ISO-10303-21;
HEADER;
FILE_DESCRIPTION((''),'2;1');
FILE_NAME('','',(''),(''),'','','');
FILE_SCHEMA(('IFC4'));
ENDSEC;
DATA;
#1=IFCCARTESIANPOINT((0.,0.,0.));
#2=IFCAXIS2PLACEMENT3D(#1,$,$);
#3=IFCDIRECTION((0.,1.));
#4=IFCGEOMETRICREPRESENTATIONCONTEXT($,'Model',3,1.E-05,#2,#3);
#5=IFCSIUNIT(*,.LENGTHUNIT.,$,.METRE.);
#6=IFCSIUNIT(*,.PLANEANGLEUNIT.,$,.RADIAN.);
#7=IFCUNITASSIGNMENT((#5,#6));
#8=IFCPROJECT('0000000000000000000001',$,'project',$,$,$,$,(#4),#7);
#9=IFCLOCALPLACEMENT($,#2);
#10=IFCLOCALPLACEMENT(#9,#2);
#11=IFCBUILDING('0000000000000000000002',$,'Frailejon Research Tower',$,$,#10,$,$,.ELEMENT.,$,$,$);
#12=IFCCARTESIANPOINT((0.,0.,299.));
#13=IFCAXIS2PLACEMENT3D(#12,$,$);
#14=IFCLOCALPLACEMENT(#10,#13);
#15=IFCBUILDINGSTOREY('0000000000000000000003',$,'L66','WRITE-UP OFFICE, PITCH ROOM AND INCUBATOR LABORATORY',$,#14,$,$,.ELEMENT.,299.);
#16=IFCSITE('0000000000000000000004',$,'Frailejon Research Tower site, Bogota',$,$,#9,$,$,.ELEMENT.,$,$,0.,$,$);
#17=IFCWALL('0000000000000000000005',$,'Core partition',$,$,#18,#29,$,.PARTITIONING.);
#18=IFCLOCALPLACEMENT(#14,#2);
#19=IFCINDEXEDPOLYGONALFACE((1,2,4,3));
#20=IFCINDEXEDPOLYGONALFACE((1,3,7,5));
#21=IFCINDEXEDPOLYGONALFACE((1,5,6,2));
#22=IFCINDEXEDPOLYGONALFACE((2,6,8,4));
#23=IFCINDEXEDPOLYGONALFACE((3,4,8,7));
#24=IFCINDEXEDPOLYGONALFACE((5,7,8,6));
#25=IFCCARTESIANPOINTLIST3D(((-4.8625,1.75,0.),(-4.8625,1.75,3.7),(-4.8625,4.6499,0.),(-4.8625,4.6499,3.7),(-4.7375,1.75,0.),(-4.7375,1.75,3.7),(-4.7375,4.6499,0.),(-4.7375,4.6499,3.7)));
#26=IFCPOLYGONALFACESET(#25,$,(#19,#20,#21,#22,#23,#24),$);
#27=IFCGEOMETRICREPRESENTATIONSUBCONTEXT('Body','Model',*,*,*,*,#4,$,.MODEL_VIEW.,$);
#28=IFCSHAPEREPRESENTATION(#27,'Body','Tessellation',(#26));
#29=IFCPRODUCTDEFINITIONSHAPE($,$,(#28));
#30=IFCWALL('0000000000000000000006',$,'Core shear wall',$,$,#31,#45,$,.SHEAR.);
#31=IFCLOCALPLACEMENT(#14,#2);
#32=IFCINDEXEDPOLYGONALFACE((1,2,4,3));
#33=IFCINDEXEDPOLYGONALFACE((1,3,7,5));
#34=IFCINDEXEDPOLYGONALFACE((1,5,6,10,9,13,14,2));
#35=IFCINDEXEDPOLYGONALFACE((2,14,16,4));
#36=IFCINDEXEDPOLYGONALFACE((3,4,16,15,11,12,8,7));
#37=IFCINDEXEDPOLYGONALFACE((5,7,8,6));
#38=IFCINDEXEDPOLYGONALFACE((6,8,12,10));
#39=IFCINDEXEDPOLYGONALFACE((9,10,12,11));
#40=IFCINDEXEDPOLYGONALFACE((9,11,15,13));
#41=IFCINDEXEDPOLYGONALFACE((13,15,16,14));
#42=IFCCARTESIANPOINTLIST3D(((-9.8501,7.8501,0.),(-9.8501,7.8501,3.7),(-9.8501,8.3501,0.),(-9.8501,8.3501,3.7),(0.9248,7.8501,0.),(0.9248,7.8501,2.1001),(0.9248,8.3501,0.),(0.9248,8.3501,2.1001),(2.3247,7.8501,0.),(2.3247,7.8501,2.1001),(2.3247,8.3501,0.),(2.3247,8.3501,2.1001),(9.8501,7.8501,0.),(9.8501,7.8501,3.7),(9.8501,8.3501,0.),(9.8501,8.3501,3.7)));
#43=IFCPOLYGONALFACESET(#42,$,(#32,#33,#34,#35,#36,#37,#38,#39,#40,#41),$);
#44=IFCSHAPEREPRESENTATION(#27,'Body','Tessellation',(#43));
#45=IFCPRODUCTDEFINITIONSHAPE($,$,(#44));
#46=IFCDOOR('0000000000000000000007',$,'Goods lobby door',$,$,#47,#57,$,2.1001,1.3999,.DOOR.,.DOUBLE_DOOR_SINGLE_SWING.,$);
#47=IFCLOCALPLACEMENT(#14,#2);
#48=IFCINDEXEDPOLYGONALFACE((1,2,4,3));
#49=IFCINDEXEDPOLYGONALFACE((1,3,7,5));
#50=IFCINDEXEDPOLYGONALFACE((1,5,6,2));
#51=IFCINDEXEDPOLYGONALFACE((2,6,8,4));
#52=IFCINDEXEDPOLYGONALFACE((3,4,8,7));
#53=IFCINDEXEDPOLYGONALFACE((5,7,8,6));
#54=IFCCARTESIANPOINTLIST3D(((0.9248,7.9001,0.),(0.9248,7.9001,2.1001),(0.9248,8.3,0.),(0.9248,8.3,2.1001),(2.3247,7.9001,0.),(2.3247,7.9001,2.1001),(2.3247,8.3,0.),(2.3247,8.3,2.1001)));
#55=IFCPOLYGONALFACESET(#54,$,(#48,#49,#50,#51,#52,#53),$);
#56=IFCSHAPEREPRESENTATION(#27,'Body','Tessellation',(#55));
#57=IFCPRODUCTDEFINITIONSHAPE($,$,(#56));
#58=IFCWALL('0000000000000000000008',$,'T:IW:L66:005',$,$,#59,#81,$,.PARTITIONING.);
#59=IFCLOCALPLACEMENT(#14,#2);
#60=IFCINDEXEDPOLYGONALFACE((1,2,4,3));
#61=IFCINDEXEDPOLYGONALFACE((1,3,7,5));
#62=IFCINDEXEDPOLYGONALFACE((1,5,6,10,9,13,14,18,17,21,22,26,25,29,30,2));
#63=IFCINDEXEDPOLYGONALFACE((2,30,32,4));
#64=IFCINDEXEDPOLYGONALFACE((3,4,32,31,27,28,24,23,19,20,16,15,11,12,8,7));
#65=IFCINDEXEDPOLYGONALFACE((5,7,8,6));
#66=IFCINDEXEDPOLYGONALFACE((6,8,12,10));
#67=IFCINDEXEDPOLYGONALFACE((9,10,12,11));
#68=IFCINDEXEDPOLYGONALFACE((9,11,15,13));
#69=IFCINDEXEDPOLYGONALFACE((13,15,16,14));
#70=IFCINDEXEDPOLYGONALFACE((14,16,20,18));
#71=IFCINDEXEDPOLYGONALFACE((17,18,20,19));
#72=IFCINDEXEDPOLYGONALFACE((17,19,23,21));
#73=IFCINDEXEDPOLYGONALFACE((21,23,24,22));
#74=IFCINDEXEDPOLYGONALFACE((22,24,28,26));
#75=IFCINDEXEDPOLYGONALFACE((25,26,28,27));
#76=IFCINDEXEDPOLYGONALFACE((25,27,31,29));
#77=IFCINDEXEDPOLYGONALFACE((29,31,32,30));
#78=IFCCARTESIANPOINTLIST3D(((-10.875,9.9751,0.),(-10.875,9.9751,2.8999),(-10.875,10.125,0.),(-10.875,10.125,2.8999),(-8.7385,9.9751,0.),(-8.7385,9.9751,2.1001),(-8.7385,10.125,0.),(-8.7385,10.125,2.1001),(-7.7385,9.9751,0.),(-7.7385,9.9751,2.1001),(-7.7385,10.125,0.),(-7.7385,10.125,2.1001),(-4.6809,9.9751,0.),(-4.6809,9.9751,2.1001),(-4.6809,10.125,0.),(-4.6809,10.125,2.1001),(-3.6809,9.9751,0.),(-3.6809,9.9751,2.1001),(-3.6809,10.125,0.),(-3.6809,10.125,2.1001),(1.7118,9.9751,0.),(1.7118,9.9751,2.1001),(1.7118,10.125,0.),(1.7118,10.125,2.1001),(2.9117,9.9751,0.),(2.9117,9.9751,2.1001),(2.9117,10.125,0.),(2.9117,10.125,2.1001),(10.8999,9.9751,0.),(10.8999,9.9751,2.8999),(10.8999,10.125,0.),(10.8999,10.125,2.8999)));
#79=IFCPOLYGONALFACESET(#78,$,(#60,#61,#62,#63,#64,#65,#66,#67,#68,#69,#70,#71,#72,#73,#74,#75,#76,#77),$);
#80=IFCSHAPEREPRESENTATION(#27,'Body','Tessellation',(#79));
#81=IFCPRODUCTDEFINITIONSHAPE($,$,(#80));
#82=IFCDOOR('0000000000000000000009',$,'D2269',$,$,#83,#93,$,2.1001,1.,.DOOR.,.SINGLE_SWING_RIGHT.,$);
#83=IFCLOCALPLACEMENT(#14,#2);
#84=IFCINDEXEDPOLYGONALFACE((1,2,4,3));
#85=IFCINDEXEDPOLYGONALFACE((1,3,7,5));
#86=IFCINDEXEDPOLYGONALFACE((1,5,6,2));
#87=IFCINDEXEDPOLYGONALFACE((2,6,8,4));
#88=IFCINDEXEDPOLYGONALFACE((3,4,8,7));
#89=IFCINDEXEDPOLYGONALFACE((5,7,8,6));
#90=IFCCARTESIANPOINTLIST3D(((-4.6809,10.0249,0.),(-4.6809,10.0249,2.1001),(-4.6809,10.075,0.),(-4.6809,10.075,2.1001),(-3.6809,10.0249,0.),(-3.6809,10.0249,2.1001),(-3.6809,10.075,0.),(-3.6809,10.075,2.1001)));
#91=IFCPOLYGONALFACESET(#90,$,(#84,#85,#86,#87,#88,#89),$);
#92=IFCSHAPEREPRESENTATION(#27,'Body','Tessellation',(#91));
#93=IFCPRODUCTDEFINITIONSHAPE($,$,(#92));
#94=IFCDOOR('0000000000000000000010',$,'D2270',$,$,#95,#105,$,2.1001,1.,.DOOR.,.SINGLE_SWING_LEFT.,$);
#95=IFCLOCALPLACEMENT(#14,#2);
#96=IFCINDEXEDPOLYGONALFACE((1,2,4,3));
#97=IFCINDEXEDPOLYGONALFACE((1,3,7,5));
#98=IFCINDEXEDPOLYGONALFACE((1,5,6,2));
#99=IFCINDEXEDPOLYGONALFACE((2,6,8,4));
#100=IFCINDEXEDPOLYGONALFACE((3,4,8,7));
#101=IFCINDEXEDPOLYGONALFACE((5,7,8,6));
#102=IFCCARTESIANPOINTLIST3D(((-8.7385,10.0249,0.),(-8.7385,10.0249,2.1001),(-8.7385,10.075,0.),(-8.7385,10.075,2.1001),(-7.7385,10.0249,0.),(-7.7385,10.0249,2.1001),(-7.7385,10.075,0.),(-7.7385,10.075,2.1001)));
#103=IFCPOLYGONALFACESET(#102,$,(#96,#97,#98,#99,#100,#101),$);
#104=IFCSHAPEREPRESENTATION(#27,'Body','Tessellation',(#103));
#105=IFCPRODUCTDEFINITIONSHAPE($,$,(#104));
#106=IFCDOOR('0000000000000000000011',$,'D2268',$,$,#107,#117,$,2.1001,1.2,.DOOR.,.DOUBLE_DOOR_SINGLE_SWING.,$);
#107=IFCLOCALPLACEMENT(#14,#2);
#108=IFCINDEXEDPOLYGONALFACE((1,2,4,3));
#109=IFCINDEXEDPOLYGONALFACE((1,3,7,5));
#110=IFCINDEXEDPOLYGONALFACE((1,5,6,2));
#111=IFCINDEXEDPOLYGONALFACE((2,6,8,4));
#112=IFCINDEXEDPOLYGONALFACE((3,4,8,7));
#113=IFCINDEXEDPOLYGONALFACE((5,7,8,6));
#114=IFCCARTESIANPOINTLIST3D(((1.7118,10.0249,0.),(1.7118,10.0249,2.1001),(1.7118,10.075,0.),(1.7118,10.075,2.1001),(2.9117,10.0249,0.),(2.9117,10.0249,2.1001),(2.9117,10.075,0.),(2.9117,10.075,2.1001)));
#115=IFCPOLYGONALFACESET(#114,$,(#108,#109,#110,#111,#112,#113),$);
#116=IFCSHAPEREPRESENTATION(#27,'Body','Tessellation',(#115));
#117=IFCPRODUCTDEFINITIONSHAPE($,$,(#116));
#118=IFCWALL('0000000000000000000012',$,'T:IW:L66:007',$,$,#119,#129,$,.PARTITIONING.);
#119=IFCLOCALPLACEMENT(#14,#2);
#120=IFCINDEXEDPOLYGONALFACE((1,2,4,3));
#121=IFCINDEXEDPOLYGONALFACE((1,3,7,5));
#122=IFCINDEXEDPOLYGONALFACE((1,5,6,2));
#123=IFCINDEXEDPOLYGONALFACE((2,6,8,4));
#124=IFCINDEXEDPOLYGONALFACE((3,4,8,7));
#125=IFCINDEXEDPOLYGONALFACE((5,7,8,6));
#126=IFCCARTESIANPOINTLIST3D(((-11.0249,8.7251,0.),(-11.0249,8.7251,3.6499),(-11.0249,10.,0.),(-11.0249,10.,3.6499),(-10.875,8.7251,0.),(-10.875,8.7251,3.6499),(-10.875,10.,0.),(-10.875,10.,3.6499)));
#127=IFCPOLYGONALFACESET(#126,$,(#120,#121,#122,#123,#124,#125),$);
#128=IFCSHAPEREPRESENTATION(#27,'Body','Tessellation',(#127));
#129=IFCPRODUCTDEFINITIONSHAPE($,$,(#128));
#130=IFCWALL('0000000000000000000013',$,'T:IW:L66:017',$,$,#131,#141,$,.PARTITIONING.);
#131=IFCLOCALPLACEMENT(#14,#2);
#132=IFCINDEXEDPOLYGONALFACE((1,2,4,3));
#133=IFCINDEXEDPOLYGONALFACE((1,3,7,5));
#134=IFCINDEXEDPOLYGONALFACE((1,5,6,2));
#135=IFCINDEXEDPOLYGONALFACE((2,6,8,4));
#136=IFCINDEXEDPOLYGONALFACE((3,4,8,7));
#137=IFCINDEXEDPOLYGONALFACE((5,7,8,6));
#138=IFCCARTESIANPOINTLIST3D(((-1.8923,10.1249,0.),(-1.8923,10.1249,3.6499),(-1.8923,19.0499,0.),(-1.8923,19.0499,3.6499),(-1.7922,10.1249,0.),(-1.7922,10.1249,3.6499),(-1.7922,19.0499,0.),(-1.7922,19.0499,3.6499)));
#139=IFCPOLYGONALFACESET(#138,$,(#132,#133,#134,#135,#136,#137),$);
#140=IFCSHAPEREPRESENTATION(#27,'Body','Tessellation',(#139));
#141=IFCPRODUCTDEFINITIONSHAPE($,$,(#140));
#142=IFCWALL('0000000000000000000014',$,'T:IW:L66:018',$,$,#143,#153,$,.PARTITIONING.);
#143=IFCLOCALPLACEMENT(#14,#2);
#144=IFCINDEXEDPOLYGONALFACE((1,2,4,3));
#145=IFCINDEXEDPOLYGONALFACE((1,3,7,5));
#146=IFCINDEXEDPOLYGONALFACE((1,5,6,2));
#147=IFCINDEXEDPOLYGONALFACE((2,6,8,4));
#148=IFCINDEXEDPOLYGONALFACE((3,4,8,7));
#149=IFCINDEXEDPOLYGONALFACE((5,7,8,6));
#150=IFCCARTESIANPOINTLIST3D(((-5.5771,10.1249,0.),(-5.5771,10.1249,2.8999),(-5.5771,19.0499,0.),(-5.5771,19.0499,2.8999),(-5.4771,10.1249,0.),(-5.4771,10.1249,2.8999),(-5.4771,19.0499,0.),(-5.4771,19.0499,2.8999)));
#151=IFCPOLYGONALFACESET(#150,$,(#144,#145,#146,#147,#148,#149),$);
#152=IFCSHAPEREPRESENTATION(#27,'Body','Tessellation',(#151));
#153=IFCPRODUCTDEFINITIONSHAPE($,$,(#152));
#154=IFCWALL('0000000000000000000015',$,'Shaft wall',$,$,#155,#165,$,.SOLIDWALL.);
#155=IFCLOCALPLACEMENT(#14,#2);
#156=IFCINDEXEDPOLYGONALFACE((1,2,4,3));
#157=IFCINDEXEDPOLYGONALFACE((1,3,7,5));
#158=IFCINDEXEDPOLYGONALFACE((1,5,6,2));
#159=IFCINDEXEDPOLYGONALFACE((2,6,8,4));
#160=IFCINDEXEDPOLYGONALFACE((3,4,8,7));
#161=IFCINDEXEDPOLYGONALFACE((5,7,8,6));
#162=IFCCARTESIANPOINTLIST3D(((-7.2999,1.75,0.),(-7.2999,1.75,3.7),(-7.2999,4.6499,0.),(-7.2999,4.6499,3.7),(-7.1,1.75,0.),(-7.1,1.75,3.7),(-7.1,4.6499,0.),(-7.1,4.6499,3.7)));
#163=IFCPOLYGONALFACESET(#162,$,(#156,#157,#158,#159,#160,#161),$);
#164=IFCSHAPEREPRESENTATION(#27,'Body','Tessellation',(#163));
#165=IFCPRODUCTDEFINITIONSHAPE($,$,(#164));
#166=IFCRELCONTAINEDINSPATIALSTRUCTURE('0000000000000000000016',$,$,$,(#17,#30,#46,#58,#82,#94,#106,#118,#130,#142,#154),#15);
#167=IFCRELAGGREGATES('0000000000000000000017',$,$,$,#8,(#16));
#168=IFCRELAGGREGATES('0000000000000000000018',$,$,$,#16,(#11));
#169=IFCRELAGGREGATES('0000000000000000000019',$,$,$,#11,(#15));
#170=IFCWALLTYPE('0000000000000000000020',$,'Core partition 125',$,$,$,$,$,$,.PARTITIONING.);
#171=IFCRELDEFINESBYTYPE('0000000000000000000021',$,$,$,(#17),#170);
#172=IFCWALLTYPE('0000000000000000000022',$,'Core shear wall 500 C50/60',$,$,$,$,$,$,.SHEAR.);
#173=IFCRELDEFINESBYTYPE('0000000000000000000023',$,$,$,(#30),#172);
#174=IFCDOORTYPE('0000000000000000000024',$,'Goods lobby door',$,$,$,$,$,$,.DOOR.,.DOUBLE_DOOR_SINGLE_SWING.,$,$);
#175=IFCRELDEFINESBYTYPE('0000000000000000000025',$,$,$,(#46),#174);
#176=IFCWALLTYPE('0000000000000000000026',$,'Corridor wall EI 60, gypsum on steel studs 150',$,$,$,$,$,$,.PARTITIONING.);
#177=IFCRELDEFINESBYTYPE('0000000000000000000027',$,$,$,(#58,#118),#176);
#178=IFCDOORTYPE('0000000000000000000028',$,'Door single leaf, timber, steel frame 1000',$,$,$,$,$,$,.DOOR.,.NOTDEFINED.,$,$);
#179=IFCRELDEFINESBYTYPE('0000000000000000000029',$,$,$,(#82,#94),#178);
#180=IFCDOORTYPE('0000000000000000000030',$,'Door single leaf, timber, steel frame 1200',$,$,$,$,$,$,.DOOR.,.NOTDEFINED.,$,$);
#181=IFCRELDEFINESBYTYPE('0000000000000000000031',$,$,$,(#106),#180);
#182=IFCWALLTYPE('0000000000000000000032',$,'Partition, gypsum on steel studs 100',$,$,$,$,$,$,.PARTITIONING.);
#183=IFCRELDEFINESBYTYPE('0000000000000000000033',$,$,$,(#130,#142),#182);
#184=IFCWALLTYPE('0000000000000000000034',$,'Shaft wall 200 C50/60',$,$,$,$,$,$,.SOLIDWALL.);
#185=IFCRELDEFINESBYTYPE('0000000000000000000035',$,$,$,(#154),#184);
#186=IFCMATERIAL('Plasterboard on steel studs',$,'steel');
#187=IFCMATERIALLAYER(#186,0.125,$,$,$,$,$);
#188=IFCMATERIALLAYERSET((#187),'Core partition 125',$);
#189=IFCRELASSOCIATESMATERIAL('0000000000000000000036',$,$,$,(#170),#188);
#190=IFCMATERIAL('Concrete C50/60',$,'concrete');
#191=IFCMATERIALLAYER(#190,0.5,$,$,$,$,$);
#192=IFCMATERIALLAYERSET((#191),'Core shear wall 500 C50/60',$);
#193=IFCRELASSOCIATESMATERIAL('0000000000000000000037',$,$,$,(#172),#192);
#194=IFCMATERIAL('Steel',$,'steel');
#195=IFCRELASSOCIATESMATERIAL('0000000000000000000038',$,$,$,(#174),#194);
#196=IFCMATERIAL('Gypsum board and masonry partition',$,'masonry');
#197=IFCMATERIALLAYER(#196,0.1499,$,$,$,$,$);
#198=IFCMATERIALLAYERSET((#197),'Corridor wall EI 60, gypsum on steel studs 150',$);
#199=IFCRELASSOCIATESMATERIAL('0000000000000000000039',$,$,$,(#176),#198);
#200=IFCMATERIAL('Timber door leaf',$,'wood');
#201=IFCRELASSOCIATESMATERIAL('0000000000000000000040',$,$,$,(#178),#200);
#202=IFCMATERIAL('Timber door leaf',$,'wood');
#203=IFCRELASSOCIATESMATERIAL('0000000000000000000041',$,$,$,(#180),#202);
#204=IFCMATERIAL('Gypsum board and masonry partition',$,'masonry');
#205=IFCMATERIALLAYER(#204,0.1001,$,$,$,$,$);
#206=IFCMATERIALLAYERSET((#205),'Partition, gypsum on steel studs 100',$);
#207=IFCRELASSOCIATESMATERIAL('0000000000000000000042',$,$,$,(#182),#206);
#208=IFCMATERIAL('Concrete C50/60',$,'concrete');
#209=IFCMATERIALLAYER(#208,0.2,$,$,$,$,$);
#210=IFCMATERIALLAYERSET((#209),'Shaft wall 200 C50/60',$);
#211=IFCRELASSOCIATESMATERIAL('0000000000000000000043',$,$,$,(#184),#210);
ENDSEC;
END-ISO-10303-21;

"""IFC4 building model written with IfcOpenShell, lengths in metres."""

from ifc_helpers import new_model, si_unit, direction, frame, frame_2d, origin, place, context, subcontext, project, spatial, rectangle, extrude, material, layer, layer_set, type_object, element, fill, save


model = new_model("IFC4")

# Units and contexts
model_context = context("Model", 3, precision=1e-05, world=origin(), true_north=direction((0.0, 1.0)))
body_context = subcontext(model_context, "Body", "Model", "MODEL_VIEW")
ifc_project = project(units=[si_unit("LENGTHUNIT", "METRE"), si_unit("PLANEANGLEUNIT", "RADIAN")], contexts=[model_context])

# Site, building, storey
site_placement = place(None, origin())
site = spatial("IfcSite", under=ifc_project, at=site_placement, Name="Frailejon Research Tower site, Bogota", CompositionType="ELEMENT", RefElevation=0.0)
building_placement = place(site_placement, origin())
building = spatial("IfcBuilding", under=site, at=building_placement, Name="Frailejon Research Tower", CompositionType="ELEMENT")
storey_placement = place(building_placement, frame((0.0, 0.0, 299.0)))
storey = spatial("IfcBuildingStorey", under=building, at=storey_placement, Name="L66", Description="WRITE-UP OFFICE, PITCH ROOM AND INCUBATOR LABORATORY", CompositionType="ELEMENT", Elevation=299.0)

# Wall
ifc_material_1 = material(Name="Plasterboard on steel studs", Category="steel")
ifc_layer_1 = layer(ifc_material_1, 0.125)
ifc_layer_set_1 = layer_set([ifc_layer_1], Name="Core partition 125")
wall_type_1 = type_object("IfcWallType", Name="Core partition 125", PredefinedType="PARTITIONING", material=ifc_layer_set_1)
wall_1_placement = place(storey_placement, frame((-4.8, 1.75, 0.0), z_axis=(0.0, 0.0, 1.0), x_axis=(0.0, 1.0, 0.0)))
element("IfcWall", 1, at=wall_1_placement, inside=storey, type_object=wall_type_1, Name="Core partition", PredefinedType="PARTITIONING", context=body_context, shape_type="SweptSolid", body=[
    extrude(rectangle(XDim=2.8999, YDim=0.125, at=frame_2d((1.45, 0.0))), origin(), (0.0, 0.0, 1.0), 3.7),
])

# Wall, opening, door
ifc_material_2 = material(Name="Concrete C50/60", Category="concrete")
ifc_layer_2 = layer(ifc_material_2, 0.5)
ifc_layer_set_2 = layer_set([ifc_layer_2], Name="Core shear wall 500 C50/60")
wall_type_2 = type_object("IfcWallType", Name="Core shear wall 500 C50/60", PredefinedType="SHEAR", material=ifc_layer_set_2)
wall_2_placement = place(storey_placement, frame((-9.8501, 8.1001, 0.0), z_axis=(0.0, 0.0, 1.0), x_axis=(1.0, 0.0, 0.0)))
wall_2 = element("IfcWall", 2, at=wall_2_placement, inside=storey, type_object=wall_type_2, Name="Core shear wall", PredefinedType="SHEAR", context=body_context, shape_type="SweptSolid", body=[
    extrude(rectangle(XDim=19.7002, YDim=0.5, at=frame_2d((9.8501, 0.0))), origin(), (0.0, 0.0, 1.0), 3.7),
])
opening_1_placement = place(wall_2_placement, frame((10.7749, 0.0, 0.0)))
opening_1 = element("IfcOpeningElement", 3, at=opening_1_placement, cuts=wall_2, PredefinedType="OPENING", context=body_context, shape_type="SweptSolid", body=[
    extrude(rectangle(XDim=1.3999, YDim=2.1001, at=frame_2d((0.7, 1.05))), frame((0.0, 0.26, 0.0), z_axis=(0.0, -1.0, 0.0), x_axis=(1.0, 0.0, 0.0)), (0.0, 0.0, 1.0), 0.52),
])
ifc_material_3 = material(Name="Steel", Category="steel")
door_type_1 = type_object("IfcDoorType", Name="Goods lobby door", OperationType="DOUBLE_DOOR_SINGLE_SWING", PredefinedType="DOOR", material=ifc_material_3)
door_1_placement = place(opening_1_placement, origin())
door_1 = element("IfcDoor", 4, at=door_1_placement, inside=storey, type_object=door_type_1, Name="Goods lobby door", OperationType="DOUBLE_DOOR_SINGLE_SWING", OverallHeight=2.1001, OverallWidth=1.3999, PredefinedType="DOOR", context=body_context, shape_type="SweptSolid", body=[
    extrude(rectangle(XDim=1.3999, YDim=2.1001, at=frame_2d((0.7, 1.05))), frame((0.0, 0.2, 0.0), z_axis=(0.0, -1.0, 0.0), x_axis=(1.0, 0.0, 0.0)), (0.0, 0.0, 1.0), 0.3999),
])
fill(opening_1, door_1)

# Wall, openings, doors
ifc_material_4 = material(Name="Gypsum board and masonry partition", Category="masonry")
ifc_layer_3 = layer(ifc_material_4, 0.1499)
ifc_layer_set_3 = layer_set([ifc_layer_3], Name="Corridor wall EI 60, gypsum on steel studs 150")
wall_type_3 = type_object("IfcWallType", Name="Corridor wall EI 60, gypsum on steel studs 150", PredefinedType="PARTITIONING", material=ifc_layer_set_3)
wall_3_placement = place(storey_placement, frame((-10.875, 10.05, 0.0), z_axis=(0.0, 0.0, 1.0), x_axis=(1.0, 0.0, 0.0)))
wall_3 = element("IfcWall", 5, at=wall_3_placement, inside=storey, type_object=wall_type_3, Name="T:IW:L66:005", PredefinedType="PARTITIONING", context=body_context, shape_type="SweptSolid", body=[
    extrude(rectangle(XDim=21.7749, YDim=0.1499, at=frame_2d((10.8875, 0.0))), origin(), (0.0, 0.0, 1.0), 2.8999),
])
opening_2_placement = place(wall_3_placement, frame((12.5867, 0.0, 0.0)))
opening_2 = element("IfcOpeningElement", 6, at=opening_2_placement, cuts=wall_3, PredefinedType="OPENING", context=body_context, shape_type="SweptSolid", body=[
    extrude(rectangle(XDim=1.2, YDim=2.1001, at=frame_2d((0.6001, 1.05))), frame((0.0, 0.085, 0.0), z_axis=(0.0, -1.0, 0.0), x_axis=(1.0, 0.0, 0.0)), (0.0, 0.0, 1.0), 0.1699),
])
opening_3_placement = place(wall_3_placement, frame((6.1941, 0.0, 0.0)))
opening_3 = element("IfcOpeningElement", 7, at=opening_3_placement, cuts=wall_3, PredefinedType="OPENING", context=body_context, shape_type="SweptSolid", body=[
    extrude(rectangle(XDim=1.0, YDim=2.1001, at=frame_2d((0.5, 1.05))), frame((0.0, 0.085, 0.0), z_axis=(0.0, -1.0, 0.0), x_axis=(1.0, 0.0, 0.0)), (0.0, 0.0, 1.0), 0.1699),
])
opening_4_placement = place(wall_3_placement, frame((2.1365, 0.0, 0.0)))
opening_4 = element("IfcOpeningElement", 8, at=opening_4_placement, cuts=wall_3, PredefinedType="OPENING", context=body_context, shape_type="SweptSolid", body=[
    extrude(rectangle(XDim=1.0, YDim=2.1001, at=frame_2d((0.5, 1.05))), frame((0.0, 0.085, 0.0), z_axis=(0.0, -1.0, 0.0), x_axis=(1.0, 0.0, 0.0)), (0.0, 0.0, 1.0), 0.1699),
])
ifc_material_5 = material(Name="Timber door leaf", Category="wood")
door_type_2 = type_object("IfcDoorType", Name="Door single leaf, timber, steel frame 1000", OperationType="NOTDEFINED", PredefinedType="DOOR", material=ifc_material_5)
door_2_placement = place(opening_3_placement, origin())
door_2 = element("IfcDoor", 9, at=door_2_placement, inside=storey, type_object=door_type_2, Name="D2269", OperationType="SINGLE_SWING_RIGHT", OverallHeight=2.1001, OverallWidth=1.0, PredefinedType="DOOR", context=body_context, shape_type="SweptSolid", body=[
    extrude(rectangle(XDim=1.0, YDim=2.1001, at=frame_2d((0.5, 1.05))), frame((0.0, 0.0249, 0.0), z_axis=(0.0, -1.0, 0.0), x_axis=(1.0, 0.0, 0.0)), (0.0, 0.0, 1.0), 0.05),
])
fill(opening_3, door_2)
door_3_placement = place(opening_4_placement, origin())
door_3 = element("IfcDoor", 10, at=door_3_placement, inside=storey, type_object=door_type_2, Name="D2270", OperationType="SINGLE_SWING_LEFT", OverallHeight=2.1001, OverallWidth=1.0, PredefinedType="DOOR", context=body_context, shape_type="SweptSolid", body=[
    extrude(rectangle(XDim=1.0, YDim=2.1001, at=frame_2d((0.5, 1.05))), frame((0.0, 0.0249, 0.0), z_axis=(0.0, -1.0, 0.0), x_axis=(1.0, 0.0, 0.0)), (0.0, 0.0, 1.0), 0.05),
])
fill(opening_4, door_3)
ifc_material_6 = material(Name="Timber door leaf", Category="wood")
door_type_3 = type_object("IfcDoorType", Name="Door single leaf, timber, steel frame 1200", OperationType="NOTDEFINED", PredefinedType="DOOR", material=ifc_material_6)
door_4_placement = place(opening_2_placement, origin())
door_4 = element("IfcDoor", 11, at=door_4_placement, inside=storey, type_object=door_type_3, Name="D2268", OperationType="DOUBLE_DOOR_SINGLE_SWING", OverallHeight=2.1001, OverallWidth=1.2, PredefinedType="DOOR", context=body_context, shape_type="SweptSolid", body=[
    extrude(rectangle(XDim=1.2, YDim=2.1001, at=frame_2d((0.6001, 1.05))), frame((0.0, 0.0249, 0.0), z_axis=(0.0, -1.0, 0.0), x_axis=(1.0, 0.0, 0.0)), (0.0, 0.0, 1.0), 0.05),
])
fill(opening_2, door_4)

# Walls
wall_4_placement = place(storey_placement, frame((-10.95, 8.7251, 0.0), z_axis=(0.0, 0.0, 1.0), x_axis=(0.0, 1.0, 0.0)))
element("IfcWall", 12, at=wall_4_placement, inside=storey, type_object=wall_type_3, Name="T:IW:L66:007", PredefinedType="PARTITIONING", context=body_context, shape_type="SweptSolid", body=[
    extrude(rectangle(XDim=1.2749, YDim=0.1499, at=frame_2d((0.6375, 0.0))), origin(), (0.0, 0.0, 1.0), 3.6499),
])
ifc_material_7 = material(Name="Gypsum board and masonry partition", Category="masonry")
ifc_layer_4 = layer(ifc_material_7, 0.1001)
ifc_layer_set_4 = layer_set([ifc_layer_4], Name="Partition, gypsum on steel studs 100")
wall_type_4 = type_object("IfcWallType", Name="Partition, gypsum on steel studs 100", PredefinedType="PARTITIONING", material=ifc_layer_set_4)
wall_5_placement = place(storey_placement, frame((-1.8423, 10.125, 0.0), z_axis=(0.0, 0.0, 1.0), x_axis=(0.0, 1.0, 0.0)))
element("IfcWall", 13, at=wall_5_placement, inside=storey, type_object=wall_type_4, Name="T:IW:L66:017", PredefinedType="PARTITIONING", context=body_context, shape_type="SweptSolid", body=[
    extrude(rectangle(XDim=8.925, YDim=0.1001, at=frame_2d((4.4624, 0.0))), origin(), (0.0, 0.0, 1.0), 3.6499),
])
wall_6_placement = place(storey_placement, frame((-5.5271, 10.125, 0.0), z_axis=(0.0, 0.0, 1.0), x_axis=(0.0, 1.0, 0.0)))
element("IfcWall", 14, at=wall_6_placement, inside=storey, type_object=wall_type_4, Name="T:IW:L66:018", PredefinedType="PARTITIONING", context=body_context, shape_type="SweptSolid", body=[
    extrude(rectangle(XDim=8.925, YDim=0.1001, at=frame_2d((4.4624, 0.0))), origin(), (0.0, 0.0, 1.0), 2.8999),
])
ifc_material_8 = material(Name="Concrete C50/60", Category="concrete")
ifc_layer_5 = layer(ifc_material_8, 0.2)
ifc_layer_set_5 = layer_set([ifc_layer_5], Name="Shaft wall 200 C50/60")
wall_type_5 = type_object("IfcWallType", Name="Shaft wall 200 C50/60", PredefinedType="SOLIDWALL", material=ifc_layer_set_5)
for number, where, z_axis, x_axis, name in (
    (15, (-7.2, 1.75, 0.0), (0.0, 0.0, 1.0), (0.0, 1.0, 0.0), "Shaft wall"),
):
    element("IfcWall", number, at=place(storey_placement, frame(where, z_axis=z_axis, x_axis=x_axis)), inside=storey, type_object=wall_type_5, Name=name, PredefinedType="SOLIDWALL", context=body_context, shape_type="SweptSolid", body=[
        extrude(rectangle(XDim=2.8999, YDim=0.2, at=frame_2d((1.45, 0.0))), origin(), (0.0, 0.0, 1.0), 3.7),
    ])

save(model, "model.ifc")
